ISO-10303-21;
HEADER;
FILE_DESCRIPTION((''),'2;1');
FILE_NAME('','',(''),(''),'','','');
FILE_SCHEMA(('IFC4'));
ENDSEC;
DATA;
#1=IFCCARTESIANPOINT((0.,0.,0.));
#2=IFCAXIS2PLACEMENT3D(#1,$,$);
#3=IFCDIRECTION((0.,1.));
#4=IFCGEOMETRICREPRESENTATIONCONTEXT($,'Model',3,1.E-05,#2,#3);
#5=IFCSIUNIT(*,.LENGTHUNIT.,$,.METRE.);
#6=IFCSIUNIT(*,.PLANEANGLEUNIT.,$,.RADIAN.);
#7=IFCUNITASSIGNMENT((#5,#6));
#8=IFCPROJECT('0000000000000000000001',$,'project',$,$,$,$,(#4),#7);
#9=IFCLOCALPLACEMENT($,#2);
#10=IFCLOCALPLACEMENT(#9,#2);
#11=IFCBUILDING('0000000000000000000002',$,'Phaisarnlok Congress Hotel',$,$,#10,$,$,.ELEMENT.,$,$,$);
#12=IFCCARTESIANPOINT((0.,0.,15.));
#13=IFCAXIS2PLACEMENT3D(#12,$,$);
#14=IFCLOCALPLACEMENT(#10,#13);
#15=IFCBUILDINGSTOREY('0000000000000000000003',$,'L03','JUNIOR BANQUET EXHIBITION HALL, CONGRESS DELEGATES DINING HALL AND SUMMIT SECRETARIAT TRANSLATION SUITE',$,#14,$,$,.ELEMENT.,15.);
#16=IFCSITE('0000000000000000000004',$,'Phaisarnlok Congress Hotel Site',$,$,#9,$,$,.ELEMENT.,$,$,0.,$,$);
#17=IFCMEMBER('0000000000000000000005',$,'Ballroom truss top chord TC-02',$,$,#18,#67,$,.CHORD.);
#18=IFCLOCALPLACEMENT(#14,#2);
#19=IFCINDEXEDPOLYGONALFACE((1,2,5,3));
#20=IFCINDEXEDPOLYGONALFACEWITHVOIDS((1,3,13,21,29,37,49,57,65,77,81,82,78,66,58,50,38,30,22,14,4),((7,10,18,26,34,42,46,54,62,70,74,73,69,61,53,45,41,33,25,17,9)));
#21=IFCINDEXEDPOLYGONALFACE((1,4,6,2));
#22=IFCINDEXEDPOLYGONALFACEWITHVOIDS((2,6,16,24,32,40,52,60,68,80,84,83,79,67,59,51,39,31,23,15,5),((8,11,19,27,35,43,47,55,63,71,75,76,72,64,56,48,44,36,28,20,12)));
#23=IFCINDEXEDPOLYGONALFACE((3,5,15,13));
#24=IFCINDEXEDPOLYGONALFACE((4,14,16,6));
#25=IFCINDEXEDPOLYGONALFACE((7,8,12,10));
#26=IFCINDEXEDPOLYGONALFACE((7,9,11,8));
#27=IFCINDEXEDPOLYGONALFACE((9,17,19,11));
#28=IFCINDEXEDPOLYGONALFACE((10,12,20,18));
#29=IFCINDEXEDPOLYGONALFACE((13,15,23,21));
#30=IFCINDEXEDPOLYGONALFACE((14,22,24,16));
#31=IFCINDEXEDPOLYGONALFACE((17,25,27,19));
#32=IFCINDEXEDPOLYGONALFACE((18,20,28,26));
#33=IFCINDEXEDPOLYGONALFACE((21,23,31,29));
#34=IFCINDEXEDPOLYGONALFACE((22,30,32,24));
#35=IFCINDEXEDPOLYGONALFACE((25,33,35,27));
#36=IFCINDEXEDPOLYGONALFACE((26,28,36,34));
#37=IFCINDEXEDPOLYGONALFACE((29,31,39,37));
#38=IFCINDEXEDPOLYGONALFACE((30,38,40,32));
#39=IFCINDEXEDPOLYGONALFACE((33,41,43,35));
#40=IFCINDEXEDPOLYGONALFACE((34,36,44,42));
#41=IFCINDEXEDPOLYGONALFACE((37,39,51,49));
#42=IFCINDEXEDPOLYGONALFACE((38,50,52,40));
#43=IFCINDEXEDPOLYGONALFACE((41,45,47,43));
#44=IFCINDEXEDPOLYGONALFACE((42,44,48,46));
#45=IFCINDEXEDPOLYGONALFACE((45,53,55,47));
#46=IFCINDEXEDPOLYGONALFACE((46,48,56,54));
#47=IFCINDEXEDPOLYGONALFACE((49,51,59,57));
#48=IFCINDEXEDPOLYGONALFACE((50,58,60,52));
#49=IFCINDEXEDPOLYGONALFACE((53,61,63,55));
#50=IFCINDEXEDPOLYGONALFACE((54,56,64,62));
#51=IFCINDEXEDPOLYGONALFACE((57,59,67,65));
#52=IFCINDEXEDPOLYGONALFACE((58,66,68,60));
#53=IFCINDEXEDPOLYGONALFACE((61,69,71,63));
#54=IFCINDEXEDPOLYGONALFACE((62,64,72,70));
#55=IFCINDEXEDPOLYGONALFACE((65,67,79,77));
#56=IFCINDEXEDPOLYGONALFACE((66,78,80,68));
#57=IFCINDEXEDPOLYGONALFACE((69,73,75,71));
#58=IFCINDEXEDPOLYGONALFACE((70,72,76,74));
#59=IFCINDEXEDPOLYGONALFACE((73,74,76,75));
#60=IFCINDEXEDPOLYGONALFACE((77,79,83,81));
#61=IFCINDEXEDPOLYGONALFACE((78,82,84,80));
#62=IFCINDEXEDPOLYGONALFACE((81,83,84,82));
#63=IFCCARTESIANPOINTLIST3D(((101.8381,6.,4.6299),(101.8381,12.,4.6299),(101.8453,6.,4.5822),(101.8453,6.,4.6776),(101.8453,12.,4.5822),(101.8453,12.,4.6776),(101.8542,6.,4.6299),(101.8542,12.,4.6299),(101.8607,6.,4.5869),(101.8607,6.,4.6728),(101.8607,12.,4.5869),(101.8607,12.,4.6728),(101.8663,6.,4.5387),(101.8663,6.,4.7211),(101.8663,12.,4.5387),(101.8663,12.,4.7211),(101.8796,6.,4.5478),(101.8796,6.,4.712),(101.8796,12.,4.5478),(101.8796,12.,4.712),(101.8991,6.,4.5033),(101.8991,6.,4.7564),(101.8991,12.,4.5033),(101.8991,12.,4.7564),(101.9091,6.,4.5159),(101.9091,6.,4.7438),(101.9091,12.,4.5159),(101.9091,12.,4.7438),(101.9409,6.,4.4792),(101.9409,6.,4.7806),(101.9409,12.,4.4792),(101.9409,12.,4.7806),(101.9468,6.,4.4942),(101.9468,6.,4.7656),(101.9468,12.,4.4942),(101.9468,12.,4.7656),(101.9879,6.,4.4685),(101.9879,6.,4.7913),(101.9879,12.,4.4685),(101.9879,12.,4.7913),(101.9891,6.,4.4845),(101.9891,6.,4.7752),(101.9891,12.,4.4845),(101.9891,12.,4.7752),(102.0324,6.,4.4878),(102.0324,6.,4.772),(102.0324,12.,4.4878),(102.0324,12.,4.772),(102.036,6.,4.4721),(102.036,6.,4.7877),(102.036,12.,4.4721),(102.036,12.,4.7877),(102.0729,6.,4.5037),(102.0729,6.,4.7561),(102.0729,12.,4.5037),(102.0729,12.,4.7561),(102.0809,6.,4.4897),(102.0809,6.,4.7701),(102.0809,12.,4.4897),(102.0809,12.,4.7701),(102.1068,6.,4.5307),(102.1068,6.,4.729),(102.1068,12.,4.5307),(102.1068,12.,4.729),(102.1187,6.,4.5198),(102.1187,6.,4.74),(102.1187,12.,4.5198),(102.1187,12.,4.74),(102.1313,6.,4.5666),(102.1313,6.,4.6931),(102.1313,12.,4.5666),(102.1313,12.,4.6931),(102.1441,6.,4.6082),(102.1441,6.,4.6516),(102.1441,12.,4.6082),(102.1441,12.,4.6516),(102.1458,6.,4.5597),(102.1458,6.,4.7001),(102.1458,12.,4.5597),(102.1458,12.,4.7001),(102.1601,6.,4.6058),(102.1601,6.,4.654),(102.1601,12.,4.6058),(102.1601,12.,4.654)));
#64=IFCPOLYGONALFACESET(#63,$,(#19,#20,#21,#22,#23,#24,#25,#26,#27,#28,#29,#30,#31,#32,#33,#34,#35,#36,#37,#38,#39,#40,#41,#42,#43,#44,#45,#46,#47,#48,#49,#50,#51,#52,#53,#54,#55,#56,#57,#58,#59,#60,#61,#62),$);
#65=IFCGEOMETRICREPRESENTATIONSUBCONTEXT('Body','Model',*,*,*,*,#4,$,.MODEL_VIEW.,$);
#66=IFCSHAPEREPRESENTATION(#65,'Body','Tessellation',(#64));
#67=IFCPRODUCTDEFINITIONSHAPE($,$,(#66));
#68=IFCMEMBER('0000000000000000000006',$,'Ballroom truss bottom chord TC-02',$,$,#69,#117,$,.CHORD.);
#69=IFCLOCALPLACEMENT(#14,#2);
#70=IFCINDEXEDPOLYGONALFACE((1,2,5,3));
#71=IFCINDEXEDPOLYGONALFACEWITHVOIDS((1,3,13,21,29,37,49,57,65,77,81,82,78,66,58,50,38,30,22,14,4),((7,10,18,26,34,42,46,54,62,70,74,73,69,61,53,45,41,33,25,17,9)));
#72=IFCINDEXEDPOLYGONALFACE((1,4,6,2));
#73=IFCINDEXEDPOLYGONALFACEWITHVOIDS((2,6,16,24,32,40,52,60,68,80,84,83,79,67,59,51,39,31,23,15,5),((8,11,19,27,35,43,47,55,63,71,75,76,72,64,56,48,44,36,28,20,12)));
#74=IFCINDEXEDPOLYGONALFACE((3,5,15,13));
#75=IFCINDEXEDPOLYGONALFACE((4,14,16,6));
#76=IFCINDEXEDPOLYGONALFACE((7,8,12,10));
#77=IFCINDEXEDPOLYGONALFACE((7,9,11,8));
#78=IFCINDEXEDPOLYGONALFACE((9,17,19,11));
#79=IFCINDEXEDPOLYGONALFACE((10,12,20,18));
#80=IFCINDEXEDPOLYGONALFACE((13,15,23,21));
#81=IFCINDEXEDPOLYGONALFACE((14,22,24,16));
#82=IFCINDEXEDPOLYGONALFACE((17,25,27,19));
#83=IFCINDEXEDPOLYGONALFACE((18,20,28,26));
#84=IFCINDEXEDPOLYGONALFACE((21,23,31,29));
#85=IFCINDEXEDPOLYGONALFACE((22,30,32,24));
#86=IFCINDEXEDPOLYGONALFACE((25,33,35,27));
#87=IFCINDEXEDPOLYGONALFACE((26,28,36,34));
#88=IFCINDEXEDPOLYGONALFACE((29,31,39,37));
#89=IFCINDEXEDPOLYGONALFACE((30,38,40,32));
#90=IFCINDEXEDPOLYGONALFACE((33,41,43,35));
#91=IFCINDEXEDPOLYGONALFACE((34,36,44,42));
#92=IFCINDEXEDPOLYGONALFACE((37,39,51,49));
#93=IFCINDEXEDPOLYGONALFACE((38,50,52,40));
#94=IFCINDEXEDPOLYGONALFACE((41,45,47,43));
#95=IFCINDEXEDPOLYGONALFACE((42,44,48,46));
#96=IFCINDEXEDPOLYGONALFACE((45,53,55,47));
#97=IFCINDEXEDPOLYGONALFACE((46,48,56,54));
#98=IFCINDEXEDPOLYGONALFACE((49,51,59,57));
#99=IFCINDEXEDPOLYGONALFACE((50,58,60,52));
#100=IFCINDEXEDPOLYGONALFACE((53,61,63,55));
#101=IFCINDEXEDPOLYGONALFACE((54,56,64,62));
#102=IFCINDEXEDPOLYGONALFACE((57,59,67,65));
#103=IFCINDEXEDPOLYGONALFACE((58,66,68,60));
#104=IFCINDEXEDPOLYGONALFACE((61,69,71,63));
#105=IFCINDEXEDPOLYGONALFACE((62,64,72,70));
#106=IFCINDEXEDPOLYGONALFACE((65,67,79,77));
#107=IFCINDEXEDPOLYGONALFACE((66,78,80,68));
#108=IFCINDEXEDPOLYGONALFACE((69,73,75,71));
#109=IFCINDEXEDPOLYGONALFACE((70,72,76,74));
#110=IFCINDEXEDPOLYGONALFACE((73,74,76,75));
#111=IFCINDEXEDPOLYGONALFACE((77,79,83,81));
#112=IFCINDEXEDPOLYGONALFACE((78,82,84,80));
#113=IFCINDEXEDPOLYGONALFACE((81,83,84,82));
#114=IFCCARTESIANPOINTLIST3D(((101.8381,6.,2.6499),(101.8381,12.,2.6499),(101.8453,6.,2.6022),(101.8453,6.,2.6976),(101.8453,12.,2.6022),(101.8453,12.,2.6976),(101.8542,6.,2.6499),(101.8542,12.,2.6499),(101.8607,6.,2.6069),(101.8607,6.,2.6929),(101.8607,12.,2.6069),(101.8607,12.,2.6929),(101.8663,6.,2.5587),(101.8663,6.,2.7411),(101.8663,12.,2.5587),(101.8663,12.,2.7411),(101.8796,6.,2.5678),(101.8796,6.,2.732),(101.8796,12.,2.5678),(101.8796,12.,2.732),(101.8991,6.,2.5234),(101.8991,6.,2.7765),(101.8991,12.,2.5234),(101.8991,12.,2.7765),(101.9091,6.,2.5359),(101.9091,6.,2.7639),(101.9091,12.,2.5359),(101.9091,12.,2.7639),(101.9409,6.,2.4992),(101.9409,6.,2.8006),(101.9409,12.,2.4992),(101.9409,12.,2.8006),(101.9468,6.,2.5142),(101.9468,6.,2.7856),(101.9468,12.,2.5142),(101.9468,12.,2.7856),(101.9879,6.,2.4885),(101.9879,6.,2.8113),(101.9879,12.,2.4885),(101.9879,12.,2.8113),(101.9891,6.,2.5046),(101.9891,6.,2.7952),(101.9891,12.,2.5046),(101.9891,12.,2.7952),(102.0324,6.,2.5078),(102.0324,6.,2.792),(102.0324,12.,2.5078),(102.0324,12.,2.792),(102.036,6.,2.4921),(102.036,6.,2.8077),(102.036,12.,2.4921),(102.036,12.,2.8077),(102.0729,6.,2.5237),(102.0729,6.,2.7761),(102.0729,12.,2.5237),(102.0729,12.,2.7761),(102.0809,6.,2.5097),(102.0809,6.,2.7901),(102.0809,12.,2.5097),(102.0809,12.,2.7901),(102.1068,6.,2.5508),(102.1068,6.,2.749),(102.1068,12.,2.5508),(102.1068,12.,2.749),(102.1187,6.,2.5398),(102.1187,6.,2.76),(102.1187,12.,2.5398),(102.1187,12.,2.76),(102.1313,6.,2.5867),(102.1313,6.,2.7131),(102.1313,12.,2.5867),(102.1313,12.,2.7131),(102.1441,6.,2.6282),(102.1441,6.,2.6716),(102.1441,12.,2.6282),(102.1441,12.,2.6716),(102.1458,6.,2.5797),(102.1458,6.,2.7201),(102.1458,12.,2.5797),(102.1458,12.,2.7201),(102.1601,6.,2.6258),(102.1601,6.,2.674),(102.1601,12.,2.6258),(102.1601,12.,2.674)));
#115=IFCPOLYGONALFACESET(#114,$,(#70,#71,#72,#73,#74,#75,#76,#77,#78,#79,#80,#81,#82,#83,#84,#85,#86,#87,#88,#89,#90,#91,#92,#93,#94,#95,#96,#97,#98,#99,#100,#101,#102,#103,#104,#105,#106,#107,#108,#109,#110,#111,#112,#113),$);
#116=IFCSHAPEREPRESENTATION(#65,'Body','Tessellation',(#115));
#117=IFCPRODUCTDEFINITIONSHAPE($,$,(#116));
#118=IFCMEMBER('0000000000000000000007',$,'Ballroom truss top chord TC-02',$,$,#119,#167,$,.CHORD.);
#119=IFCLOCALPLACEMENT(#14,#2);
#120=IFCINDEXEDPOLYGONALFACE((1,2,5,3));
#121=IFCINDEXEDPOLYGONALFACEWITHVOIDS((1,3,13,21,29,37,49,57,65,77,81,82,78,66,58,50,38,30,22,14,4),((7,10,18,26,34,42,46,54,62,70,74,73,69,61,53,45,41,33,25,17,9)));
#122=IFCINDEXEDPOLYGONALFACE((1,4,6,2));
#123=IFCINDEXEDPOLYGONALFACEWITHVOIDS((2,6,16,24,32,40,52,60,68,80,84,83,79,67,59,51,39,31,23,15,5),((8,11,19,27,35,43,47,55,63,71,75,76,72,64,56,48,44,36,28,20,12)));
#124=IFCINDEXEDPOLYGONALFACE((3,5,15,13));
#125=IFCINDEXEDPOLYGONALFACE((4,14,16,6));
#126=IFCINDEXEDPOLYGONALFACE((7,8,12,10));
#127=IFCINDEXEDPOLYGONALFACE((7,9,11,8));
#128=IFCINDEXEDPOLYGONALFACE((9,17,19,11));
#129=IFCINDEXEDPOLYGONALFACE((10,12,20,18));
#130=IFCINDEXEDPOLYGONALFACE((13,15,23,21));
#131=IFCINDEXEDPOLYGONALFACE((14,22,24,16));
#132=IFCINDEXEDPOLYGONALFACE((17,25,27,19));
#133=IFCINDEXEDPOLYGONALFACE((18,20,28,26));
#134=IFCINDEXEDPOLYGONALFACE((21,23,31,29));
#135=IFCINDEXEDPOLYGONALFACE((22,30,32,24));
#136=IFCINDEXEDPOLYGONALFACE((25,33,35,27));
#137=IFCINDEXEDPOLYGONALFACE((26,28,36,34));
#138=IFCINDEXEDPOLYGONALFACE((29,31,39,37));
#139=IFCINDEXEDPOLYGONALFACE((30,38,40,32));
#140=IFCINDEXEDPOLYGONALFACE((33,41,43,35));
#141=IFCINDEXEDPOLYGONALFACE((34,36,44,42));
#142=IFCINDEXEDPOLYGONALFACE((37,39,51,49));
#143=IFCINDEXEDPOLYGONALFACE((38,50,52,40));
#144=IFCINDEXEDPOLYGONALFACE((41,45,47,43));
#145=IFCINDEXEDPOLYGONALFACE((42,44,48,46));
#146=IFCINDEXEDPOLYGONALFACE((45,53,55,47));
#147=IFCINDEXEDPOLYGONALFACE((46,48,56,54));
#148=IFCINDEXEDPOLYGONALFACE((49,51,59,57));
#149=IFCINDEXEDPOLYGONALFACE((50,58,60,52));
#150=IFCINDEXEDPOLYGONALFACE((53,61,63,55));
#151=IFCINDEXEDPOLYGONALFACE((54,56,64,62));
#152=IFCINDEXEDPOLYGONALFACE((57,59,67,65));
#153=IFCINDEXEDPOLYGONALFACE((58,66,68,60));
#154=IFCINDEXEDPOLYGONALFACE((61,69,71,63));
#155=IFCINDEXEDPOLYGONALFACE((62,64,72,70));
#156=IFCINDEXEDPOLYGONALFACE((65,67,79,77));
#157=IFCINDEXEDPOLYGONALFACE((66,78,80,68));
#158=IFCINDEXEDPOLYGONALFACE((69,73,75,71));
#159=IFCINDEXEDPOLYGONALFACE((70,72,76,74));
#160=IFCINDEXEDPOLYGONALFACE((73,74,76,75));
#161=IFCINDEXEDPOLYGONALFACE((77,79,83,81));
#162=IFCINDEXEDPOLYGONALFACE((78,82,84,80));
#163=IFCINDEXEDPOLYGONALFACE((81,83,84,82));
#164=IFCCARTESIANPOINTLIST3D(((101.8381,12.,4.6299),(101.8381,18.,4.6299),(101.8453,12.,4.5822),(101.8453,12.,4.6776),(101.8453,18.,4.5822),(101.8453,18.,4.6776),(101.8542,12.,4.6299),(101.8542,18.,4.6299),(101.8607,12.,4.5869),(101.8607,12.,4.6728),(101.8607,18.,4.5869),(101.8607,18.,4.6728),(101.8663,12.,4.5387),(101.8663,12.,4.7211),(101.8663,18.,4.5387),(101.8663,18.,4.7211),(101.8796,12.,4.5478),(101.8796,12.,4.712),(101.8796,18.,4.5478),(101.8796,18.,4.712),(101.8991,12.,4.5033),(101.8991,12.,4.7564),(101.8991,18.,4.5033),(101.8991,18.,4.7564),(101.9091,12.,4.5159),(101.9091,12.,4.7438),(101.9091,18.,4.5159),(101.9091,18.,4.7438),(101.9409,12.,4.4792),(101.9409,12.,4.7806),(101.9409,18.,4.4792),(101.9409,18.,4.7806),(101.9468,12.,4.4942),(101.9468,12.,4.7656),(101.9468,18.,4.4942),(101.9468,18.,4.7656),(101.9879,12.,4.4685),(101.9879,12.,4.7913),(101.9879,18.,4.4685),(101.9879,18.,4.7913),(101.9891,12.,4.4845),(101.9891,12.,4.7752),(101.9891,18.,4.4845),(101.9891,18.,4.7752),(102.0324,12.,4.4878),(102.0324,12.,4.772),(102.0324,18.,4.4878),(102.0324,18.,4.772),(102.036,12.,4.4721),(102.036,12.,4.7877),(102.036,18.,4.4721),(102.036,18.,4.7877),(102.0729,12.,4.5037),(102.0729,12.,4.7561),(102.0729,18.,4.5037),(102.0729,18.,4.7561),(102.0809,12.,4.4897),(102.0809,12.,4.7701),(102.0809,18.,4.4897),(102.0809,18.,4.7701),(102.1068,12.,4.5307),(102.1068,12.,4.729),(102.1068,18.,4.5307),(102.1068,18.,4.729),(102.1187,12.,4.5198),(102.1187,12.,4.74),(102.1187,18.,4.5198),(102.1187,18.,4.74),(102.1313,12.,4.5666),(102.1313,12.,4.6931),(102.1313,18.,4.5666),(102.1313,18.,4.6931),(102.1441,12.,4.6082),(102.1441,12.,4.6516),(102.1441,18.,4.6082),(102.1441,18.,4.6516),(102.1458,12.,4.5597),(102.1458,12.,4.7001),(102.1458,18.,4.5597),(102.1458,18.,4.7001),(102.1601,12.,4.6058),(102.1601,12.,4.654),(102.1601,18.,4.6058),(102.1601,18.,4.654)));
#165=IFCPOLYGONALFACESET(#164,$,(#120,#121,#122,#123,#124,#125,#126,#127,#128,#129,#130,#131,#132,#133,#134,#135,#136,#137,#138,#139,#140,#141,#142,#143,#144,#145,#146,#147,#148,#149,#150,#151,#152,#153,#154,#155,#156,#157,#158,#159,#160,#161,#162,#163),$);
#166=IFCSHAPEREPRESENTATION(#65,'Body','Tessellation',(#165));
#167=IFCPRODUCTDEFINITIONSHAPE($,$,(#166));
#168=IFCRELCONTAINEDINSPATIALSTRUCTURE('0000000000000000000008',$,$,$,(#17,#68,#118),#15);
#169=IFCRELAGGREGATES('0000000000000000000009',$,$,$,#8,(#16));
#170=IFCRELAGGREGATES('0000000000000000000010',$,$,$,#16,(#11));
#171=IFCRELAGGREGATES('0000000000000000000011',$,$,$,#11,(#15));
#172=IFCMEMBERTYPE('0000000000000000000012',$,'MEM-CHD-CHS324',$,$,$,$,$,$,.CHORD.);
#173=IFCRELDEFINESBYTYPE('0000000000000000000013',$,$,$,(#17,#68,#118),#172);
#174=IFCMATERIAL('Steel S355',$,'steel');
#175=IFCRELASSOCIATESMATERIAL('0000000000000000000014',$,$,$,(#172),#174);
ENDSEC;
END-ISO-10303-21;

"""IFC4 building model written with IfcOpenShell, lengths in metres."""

from ifc_helpers import new_model, si_unit, direction, frame, origin, origin_2d, place, context, subcontext, project, spatial, hollow_circle, extrude, material, material_profile, profile_set, type_object, element, save


model = new_model("IFC4")

# Units and contexts
model_context = context("Model", 3, precision=1e-05, world=origin(), true_north=direction((0.0, 1.0)))
body_context = subcontext(model_context, "Body", "Model", "MODEL_VIEW")
ifc_project = project(units=[si_unit("LENGTHUNIT", "METRE"), si_unit("PLANEANGLEUNIT", "RADIAN")], contexts=[model_context])

# Site, building, storey
site_placement = place(None, origin())
site = spatial("IfcSite", under=ifc_project, at=site_placement, Name="Phaisarnlok Congress Hotel Site", CompositionType="ELEMENT", RefElevation=0.0)
building_placement = place(site_placement, origin())
building = spatial("IfcBuilding", under=site, at=building_placement, Name="Phaisarnlok Congress Hotel", CompositionType="ELEMENT")
storey_placement = place(building_placement, frame((0.0, 0.0, 15.0)))
storey = spatial("IfcBuildingStorey", under=building, at=storey_placement, Name="L03", Description="JUNIOR BANQUET EXHIBITION HALL, CONGRESS DELEGATES DINING HALL AND SUMMIT SECRETARIAT TRANSLATION SUITE", CompositionType="ELEMENT", Elevation=15.0)

# Members
ifc_material_1 = material(Name="Steel S355", Category="steel")
ifc_material_profile_1 = material_profile(ifc_material_1, hollow_circle(Radius=0.1619, WallThickness=0.0161, at=origin_2d()), Name="CHS 323.9x16")
ifc_profile_set_1 = profile_set([ifc_material_profile_1], Name="Steel S355")
member_type_1 = type_object("IfcMemberType", Name="MEM-CHD-CHS324", PredefinedType="CHORD", material=ifc_profile_set_1)
for number, where, z_axis, x_axis, name in (
    (1, (102.0, 6.0, 4.6299), (0.0, 1.0, 0.0), (-1.0, 0.0, 0.0), "Ballroom truss top chord TC-02"),
    (2, (102.0, 6.0, 2.6499), (0.0, 1.0, 0.0), (-1.0, 0.0, 0.0), "Ballroom truss bottom chord TC-02"),
    (3, (102.0, 12.0, 4.6299), (0.0, 1.0, 0.0), (-1.0, 0.0, 0.0), "Ballroom truss top chord TC-02"),
):
    element("IfcMember", number, at=place(storey_placement, frame(where, z_axis=z_axis, x_axis=x_axis)), inside=storey, type_object=member_type_1, Name=name, PredefinedType="CHORD", context=body_context, shape_type="SweptSolid", body=[
        extrude(hollow_circle(Radius=0.1619, WallThickness=0.0161, at=origin_2d()), origin(), (0.0, 0.0, 1.0), 6.0),
    ])

save(model, "model.ifc")
